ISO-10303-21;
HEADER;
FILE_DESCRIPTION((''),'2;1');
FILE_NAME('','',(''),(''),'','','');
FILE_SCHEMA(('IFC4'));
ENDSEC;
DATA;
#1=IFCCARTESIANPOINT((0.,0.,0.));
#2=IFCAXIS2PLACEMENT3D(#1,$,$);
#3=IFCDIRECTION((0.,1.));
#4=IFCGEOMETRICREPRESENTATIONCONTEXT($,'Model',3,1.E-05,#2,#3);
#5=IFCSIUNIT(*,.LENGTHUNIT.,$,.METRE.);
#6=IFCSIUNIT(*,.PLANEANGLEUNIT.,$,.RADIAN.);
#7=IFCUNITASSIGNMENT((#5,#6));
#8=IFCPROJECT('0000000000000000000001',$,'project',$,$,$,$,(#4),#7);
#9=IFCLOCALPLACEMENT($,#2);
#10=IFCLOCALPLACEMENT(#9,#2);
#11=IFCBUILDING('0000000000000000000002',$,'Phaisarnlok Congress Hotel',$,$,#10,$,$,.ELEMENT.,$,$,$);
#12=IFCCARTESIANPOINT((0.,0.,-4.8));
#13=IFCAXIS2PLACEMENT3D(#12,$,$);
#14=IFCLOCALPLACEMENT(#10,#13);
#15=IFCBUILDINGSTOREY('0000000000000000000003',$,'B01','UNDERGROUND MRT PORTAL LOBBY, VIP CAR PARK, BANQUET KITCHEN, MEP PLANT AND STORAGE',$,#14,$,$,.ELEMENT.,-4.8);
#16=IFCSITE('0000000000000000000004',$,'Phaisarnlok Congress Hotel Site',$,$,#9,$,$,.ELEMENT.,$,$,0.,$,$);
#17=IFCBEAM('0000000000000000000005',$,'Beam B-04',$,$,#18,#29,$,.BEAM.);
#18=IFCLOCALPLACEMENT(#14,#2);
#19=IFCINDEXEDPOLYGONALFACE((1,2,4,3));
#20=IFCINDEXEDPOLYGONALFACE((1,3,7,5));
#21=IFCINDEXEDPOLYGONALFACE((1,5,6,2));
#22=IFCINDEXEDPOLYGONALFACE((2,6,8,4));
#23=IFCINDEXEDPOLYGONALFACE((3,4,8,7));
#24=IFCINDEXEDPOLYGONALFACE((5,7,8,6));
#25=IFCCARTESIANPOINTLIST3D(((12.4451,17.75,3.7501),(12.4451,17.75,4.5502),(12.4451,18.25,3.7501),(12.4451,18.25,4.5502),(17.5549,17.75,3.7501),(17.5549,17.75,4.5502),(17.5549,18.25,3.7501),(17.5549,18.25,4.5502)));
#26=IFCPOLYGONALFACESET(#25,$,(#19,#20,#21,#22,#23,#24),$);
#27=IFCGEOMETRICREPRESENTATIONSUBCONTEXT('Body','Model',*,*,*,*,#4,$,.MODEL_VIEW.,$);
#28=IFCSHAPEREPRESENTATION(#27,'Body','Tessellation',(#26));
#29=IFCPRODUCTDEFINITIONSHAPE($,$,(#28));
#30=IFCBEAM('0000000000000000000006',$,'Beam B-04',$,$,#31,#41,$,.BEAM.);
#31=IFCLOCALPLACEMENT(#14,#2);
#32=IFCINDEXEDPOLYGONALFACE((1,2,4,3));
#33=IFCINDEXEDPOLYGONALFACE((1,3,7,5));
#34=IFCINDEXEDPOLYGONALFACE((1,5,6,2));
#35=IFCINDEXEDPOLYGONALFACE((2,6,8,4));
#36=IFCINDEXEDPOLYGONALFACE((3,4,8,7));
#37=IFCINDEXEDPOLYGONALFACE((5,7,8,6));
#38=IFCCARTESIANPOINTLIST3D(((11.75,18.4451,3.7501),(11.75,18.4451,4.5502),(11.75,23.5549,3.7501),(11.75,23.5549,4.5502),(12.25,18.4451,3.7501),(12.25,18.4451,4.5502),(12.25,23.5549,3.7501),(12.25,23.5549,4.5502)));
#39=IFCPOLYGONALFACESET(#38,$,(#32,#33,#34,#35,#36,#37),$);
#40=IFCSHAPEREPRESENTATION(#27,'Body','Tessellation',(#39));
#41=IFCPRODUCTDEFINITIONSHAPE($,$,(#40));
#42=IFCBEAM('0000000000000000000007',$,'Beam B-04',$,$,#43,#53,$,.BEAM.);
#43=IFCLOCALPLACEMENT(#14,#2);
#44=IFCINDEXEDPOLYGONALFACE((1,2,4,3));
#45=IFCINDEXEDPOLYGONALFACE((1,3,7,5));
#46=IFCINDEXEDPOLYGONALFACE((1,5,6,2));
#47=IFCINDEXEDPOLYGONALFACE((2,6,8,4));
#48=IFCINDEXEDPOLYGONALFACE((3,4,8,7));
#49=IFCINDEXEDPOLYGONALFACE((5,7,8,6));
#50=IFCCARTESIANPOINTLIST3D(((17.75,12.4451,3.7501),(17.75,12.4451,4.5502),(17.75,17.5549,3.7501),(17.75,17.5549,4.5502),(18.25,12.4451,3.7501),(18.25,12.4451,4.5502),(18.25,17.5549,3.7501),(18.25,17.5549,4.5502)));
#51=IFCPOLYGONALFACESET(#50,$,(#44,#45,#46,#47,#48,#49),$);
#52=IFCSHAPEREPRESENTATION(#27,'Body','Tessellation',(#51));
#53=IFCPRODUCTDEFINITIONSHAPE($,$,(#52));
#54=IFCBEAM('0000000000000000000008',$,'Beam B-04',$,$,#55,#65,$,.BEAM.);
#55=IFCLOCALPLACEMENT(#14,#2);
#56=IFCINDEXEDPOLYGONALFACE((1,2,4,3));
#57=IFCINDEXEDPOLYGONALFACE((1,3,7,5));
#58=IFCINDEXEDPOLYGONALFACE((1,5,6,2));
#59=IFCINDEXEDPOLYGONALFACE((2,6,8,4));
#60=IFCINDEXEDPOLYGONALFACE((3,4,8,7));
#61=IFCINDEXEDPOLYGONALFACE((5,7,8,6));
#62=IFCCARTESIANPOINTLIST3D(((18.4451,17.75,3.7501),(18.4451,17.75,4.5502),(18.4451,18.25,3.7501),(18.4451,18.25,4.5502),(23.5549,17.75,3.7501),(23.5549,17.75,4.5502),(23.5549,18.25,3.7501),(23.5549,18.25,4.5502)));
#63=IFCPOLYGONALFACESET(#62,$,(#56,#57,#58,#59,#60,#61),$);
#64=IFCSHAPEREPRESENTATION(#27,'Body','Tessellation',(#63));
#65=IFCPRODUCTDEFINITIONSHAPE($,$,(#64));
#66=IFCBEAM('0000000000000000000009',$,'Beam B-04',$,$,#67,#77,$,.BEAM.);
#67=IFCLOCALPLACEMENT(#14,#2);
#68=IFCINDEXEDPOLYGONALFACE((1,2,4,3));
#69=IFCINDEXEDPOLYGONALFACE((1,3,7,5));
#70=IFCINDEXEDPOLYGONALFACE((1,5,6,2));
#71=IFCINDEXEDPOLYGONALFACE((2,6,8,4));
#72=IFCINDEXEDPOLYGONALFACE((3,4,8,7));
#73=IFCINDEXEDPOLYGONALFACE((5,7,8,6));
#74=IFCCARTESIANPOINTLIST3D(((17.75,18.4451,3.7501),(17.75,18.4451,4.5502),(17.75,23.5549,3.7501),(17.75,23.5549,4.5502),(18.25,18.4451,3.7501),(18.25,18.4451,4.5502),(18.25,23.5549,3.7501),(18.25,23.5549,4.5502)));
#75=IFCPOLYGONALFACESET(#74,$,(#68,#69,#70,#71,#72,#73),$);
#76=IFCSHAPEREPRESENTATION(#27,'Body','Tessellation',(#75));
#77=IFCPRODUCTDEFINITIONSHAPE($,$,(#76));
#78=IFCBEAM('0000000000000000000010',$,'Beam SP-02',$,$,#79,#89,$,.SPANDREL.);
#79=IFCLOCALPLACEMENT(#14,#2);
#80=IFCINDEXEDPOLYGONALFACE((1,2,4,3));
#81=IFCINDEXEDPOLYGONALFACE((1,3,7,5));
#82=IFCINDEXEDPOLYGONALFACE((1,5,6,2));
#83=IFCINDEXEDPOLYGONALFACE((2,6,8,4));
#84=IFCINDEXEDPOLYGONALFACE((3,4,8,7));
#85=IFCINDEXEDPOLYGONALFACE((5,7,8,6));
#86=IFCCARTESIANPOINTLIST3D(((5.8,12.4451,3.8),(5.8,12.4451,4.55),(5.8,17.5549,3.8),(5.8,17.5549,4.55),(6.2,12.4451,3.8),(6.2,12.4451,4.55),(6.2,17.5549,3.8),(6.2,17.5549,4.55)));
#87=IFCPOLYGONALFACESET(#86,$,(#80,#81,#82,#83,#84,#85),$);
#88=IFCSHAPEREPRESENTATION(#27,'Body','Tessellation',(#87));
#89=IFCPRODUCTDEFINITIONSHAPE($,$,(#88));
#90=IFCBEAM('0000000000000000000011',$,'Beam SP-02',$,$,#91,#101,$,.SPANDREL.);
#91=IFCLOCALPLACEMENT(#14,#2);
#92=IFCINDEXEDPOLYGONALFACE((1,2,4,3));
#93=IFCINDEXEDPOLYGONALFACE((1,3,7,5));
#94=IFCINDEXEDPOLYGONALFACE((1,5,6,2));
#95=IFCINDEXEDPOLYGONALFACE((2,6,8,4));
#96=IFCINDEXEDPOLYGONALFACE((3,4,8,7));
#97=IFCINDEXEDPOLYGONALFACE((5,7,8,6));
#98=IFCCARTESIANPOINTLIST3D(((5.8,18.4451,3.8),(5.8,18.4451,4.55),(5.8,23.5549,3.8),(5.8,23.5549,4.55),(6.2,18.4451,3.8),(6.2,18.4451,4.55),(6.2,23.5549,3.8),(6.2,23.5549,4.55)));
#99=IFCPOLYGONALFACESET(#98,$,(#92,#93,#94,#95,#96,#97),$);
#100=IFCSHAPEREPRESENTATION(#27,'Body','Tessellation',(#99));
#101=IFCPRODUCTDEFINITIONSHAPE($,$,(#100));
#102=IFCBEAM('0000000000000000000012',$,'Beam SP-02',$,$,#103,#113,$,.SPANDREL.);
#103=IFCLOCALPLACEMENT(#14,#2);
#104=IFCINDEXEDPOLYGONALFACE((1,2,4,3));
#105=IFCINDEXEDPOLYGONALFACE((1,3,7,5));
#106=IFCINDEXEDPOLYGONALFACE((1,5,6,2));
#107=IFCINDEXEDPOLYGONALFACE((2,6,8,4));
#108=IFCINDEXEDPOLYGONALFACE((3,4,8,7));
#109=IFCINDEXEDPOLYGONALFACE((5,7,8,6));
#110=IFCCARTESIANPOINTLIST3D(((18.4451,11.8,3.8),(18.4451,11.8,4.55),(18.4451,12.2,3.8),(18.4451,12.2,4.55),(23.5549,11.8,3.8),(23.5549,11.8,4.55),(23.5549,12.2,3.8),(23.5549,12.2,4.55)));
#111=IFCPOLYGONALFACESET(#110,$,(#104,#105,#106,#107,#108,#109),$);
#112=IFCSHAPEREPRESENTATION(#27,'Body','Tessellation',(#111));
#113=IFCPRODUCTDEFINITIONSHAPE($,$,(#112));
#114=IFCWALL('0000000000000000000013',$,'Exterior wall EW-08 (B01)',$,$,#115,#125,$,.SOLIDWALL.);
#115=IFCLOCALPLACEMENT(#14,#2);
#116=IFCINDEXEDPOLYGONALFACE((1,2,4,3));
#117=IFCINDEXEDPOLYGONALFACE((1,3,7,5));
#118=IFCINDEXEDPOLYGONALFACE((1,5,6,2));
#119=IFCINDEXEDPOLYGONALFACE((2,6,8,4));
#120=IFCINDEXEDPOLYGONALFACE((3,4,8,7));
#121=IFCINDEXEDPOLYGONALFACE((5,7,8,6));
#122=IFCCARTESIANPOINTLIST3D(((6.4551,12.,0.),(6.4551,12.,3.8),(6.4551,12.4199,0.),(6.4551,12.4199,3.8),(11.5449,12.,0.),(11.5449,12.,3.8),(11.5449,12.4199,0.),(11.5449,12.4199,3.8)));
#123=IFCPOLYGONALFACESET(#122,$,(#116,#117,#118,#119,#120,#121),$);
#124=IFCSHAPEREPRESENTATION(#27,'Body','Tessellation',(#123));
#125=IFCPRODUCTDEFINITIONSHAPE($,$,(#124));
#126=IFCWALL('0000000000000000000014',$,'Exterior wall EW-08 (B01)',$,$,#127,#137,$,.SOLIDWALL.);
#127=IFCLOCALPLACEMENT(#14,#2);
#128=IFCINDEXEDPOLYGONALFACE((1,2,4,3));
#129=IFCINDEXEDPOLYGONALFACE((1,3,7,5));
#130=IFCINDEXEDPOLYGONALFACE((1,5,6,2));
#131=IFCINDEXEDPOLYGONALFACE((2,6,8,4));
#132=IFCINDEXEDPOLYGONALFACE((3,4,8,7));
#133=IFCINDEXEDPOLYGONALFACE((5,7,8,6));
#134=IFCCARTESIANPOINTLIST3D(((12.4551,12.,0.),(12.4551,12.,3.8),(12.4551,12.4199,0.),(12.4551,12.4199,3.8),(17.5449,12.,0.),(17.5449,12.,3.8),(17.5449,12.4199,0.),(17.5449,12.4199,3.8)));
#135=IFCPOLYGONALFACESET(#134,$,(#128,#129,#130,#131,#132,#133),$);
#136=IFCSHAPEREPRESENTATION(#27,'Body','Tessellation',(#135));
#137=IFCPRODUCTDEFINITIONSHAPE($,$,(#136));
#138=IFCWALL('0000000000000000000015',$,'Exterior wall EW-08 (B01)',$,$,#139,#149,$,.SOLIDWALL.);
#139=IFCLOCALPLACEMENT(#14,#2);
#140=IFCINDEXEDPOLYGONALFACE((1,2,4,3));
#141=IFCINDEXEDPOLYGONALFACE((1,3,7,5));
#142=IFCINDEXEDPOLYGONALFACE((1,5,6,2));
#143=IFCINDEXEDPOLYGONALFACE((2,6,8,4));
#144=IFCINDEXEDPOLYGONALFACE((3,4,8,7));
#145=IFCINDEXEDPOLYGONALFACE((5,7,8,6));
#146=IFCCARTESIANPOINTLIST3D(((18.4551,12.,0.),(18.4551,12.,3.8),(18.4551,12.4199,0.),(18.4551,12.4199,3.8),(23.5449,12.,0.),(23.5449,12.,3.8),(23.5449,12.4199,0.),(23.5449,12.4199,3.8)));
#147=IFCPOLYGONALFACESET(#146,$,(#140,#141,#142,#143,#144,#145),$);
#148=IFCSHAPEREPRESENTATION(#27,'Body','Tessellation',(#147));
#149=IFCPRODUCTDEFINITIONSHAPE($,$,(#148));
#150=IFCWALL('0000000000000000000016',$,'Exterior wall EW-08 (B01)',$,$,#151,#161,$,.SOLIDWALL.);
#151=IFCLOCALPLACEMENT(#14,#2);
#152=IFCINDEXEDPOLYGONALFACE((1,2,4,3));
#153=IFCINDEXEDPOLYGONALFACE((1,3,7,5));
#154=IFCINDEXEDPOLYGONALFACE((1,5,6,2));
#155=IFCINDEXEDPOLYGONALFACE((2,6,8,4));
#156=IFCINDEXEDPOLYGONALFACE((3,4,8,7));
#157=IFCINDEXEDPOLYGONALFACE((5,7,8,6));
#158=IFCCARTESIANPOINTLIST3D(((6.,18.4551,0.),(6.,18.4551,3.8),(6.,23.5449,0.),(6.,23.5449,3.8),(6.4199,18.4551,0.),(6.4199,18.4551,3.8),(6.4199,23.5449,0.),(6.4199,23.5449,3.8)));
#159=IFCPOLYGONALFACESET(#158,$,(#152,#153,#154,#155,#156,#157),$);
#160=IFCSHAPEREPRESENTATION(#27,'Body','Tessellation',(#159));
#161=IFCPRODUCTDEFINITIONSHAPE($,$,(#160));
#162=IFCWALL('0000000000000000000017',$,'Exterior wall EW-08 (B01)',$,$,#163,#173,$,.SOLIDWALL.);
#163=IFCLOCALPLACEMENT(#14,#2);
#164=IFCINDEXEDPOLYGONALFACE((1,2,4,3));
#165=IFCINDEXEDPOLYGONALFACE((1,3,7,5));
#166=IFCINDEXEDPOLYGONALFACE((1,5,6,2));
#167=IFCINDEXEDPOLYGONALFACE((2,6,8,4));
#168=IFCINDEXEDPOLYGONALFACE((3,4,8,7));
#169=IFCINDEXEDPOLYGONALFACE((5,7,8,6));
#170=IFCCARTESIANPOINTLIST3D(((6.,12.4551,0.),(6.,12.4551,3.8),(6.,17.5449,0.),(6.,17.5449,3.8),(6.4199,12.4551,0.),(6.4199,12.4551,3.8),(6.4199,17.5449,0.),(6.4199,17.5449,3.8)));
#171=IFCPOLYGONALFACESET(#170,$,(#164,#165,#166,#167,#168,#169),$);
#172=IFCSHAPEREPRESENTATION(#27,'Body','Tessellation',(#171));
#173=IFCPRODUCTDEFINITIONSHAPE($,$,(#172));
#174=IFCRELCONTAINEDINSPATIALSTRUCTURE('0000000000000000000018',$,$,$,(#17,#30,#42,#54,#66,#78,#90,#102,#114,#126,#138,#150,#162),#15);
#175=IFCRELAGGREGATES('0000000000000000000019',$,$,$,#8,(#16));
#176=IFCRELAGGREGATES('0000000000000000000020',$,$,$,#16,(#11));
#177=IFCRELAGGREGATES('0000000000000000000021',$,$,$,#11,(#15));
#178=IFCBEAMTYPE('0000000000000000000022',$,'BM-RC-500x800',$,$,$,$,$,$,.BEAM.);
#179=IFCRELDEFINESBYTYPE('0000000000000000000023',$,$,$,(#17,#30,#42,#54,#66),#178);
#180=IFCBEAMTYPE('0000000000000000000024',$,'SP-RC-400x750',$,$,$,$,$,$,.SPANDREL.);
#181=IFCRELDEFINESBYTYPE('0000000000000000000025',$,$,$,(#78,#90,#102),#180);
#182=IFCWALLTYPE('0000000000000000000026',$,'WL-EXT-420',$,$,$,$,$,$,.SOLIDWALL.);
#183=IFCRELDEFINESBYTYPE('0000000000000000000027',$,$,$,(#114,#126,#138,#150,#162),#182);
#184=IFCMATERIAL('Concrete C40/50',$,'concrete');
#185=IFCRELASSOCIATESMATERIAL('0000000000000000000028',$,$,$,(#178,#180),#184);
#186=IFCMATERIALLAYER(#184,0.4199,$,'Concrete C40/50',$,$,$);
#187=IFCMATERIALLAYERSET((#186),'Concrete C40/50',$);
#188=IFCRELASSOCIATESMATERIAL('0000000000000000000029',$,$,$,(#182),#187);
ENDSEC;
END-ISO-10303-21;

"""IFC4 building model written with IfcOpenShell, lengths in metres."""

from ifc_helpers import new_model, si_unit, direction, frame, frame_2d, origin, origin_2d, place, context, subcontext, project, spatial, rectangle, extrude, material, layer, layer_set, material_profile, profile_set, type_object, element, save


model = new_model("IFC4")

# Units and contexts
model_context = context("Model", 3, precision=1e-05, world=origin(), true_north=direction((0.0, 1.0)))
body_context = subcontext(model_context, "Body", "Model", "MODEL_VIEW")
ifc_project = project(units=[si_unit("LENGTHUNIT", "METRE"), si_unit("PLANEANGLEUNIT", "RADIAN")], contexts=[model_context])

# Site, building, storey
site_placement = place(None, origin())
site = spatial("IfcSite", under=ifc_project, at=site_placement, Name="Phaisarnlok Congress Hotel Site", CompositionType="ELEMENT", RefElevation=0.0)
building_placement = place(site_placement, origin())
building = spatial("IfcBuilding", under=site, at=building_placement, Name="Phaisarnlok Congress Hotel", CompositionType="ELEMENT")
storey_placement = place(building_placement, frame((0.0, 0.0, -4.8)))
storey = spatial("IfcBuildingStorey", under=building, at=storey_placement, Name="B01", Description="UNDERGROUND MRT PORTAL LOBBY, VIP CAR PARK, BANQUET KITCHEN, MEP PLANT AND STORAGE", CompositionType="ELEMENT", Elevation=-4.8)

# Shared definitions
ifc_material_1 = material(Name="Concrete C40/50", Category="concrete")

# Beams
ifc_material_profile_1 = material_profile(ifc_material_1, rectangle(XDim=0.5, YDim=0.8, at=origin_2d()), Name="RC 500x800")
ifc_profile_set_1 = profile_set([ifc_material_profile_1], Name="Concrete C40/50")
beam_type_1 = type_object("IfcBeamType", Name="BM-RC-500x800", PredefinedType="BEAM", material=ifc_profile_set_1)
for number, where, z_axis, x_axis, name in (
    (1, (12.4451, 18.0, 4.1501), (1.0, 0.0, 0.0), (0.0, 1.0, 0.0), "Beam B-04"),
    (2, (12.0, 18.4451, 4.1501), (0.0, 1.0, 0.0), (-1.0, 0.0, 0.0), "Beam B-04"),
    (3, (18.0, 12.4451, 4.1501), (0.0, 1.0, 0.0), (-1.0, 0.0, 0.0), "Beam B-04"),
    (4, (18.4451, 18.0, 4.1501), (1.0, 0.0, 0.0), (0.0, 1.0, 0.0), "Beam B-04"),
    (5, (18.0, 18.4451, 4.1501), (0.0, 1.0, 0.0), (-1.0, 0.0, 0.0), "Beam B-04"),
):
    element("IfcBeam", number, at=place(storey_placement, frame(where, z_axis=z_axis, x_axis=x_axis)), inside=storey, type_object=beam_type_1, Name=name, PredefinedType="BEAM", context=body_context, shape_type="SweptSolid", body=[
        extrude(rectangle(XDim=0.5, YDim=0.8, at=origin_2d()), origin(), (0.0, 0.0, 1.0), 5.1099),
    ])
ifc_material_profile_2 = material_profile(ifc_material_1, rectangle(XDim=0.3999, YDim=0.75, at=origin_2d()), Name="RC 400x750")
ifc_profile_set_2 = profile_set([ifc_material_profile_2], Name="Concrete C40/50")
beam_type_2 = type_object("IfcBeamType", Name="SP-RC-400x750", PredefinedType="SPANDREL", material=ifc_profile_set_2)
for number, where, z_axis, x_axis, name in (
    (6, (6.0, 12.4451, 4.175), (0.0, 1.0, 0.0), (-1.0, 0.0, 0.0), "Beam SP-02"),
    (7, (6.0, 18.4451, 4.175), (0.0, 1.0, 0.0), (-1.0, 0.0, 0.0), "Beam SP-02"),
    (8, (18.4451, 12.0, 4.175), (1.0, 0.0, 0.0), (0.0, 1.0, 0.0), "Beam SP-02"),
):
    element("IfcBeam", number, at=place(storey_placement, frame(where, z_axis=z_axis, x_axis=x_axis)), inside=storey, type_object=beam_type_2, Name=name, PredefinedType="SPANDREL", context=body_context, shape_type="SweptSolid", body=[
        extrude(rectangle(XDim=0.3999, YDim=0.75, at=origin_2d()), origin(), (0.0, 0.0, 1.0), 5.1099),
    ])

# Walls
ifc_layer = layer(ifc_material_1, 0.4199, Name="Concrete C40/50")
ifc_layer_set = layer_set([ifc_layer], Name="Concrete C40/50")
wall_type = type_object("IfcWallType", Name="WL-EXT-420", PredefinedType="SOLIDWALL", material=ifc_layer_set)
for number, where, z_axis, x_axis, name in (
    (9, (6.4551, 12.21, 0.0), (0.0, 0.0, 1.0), (1.0, 0.0, 0.0), "Exterior wall EW-08 (B01)"),
    (10, (12.4551, 12.21, 0.0), (0.0, 0.0, 1.0), (1.0, 0.0, 0.0), "Exterior wall EW-08 (B01)"),
    (11, (18.4551, 12.21, 0.0), (0.0, 0.0, 1.0), (1.0, 0.0, 0.0), "Exterior wall EW-08 (B01)"),
    (12, (6.21, 23.5449, 0.0), (0.0, 0.0, 1.0), (0.0, -1.0, 0.0), "Exterior wall EW-08 (B01)"),
    (13, (6.21, 17.5449, 0.0), (0.0, 0.0, 1.0), (0.0, -1.0, 0.0), "Exterior wall EW-08 (B01)"),
):
    element("IfcWall", number, at=place(storey_placement, frame(where, z_axis=z_axis, x_axis=x_axis)), inside=storey, type_object=wall_type, Name=name, PredefinedType="SOLIDWALL", context=body_context, shape_type="SweptSolid", body=[
        extrude(rectangle(XDim=5.0898, YDim=0.4199, at=frame_2d((2.5449, 0.0))), origin(), (0.0, 0.0, 1.0), 3.8),
    ])

save(model, "model.ifc")
